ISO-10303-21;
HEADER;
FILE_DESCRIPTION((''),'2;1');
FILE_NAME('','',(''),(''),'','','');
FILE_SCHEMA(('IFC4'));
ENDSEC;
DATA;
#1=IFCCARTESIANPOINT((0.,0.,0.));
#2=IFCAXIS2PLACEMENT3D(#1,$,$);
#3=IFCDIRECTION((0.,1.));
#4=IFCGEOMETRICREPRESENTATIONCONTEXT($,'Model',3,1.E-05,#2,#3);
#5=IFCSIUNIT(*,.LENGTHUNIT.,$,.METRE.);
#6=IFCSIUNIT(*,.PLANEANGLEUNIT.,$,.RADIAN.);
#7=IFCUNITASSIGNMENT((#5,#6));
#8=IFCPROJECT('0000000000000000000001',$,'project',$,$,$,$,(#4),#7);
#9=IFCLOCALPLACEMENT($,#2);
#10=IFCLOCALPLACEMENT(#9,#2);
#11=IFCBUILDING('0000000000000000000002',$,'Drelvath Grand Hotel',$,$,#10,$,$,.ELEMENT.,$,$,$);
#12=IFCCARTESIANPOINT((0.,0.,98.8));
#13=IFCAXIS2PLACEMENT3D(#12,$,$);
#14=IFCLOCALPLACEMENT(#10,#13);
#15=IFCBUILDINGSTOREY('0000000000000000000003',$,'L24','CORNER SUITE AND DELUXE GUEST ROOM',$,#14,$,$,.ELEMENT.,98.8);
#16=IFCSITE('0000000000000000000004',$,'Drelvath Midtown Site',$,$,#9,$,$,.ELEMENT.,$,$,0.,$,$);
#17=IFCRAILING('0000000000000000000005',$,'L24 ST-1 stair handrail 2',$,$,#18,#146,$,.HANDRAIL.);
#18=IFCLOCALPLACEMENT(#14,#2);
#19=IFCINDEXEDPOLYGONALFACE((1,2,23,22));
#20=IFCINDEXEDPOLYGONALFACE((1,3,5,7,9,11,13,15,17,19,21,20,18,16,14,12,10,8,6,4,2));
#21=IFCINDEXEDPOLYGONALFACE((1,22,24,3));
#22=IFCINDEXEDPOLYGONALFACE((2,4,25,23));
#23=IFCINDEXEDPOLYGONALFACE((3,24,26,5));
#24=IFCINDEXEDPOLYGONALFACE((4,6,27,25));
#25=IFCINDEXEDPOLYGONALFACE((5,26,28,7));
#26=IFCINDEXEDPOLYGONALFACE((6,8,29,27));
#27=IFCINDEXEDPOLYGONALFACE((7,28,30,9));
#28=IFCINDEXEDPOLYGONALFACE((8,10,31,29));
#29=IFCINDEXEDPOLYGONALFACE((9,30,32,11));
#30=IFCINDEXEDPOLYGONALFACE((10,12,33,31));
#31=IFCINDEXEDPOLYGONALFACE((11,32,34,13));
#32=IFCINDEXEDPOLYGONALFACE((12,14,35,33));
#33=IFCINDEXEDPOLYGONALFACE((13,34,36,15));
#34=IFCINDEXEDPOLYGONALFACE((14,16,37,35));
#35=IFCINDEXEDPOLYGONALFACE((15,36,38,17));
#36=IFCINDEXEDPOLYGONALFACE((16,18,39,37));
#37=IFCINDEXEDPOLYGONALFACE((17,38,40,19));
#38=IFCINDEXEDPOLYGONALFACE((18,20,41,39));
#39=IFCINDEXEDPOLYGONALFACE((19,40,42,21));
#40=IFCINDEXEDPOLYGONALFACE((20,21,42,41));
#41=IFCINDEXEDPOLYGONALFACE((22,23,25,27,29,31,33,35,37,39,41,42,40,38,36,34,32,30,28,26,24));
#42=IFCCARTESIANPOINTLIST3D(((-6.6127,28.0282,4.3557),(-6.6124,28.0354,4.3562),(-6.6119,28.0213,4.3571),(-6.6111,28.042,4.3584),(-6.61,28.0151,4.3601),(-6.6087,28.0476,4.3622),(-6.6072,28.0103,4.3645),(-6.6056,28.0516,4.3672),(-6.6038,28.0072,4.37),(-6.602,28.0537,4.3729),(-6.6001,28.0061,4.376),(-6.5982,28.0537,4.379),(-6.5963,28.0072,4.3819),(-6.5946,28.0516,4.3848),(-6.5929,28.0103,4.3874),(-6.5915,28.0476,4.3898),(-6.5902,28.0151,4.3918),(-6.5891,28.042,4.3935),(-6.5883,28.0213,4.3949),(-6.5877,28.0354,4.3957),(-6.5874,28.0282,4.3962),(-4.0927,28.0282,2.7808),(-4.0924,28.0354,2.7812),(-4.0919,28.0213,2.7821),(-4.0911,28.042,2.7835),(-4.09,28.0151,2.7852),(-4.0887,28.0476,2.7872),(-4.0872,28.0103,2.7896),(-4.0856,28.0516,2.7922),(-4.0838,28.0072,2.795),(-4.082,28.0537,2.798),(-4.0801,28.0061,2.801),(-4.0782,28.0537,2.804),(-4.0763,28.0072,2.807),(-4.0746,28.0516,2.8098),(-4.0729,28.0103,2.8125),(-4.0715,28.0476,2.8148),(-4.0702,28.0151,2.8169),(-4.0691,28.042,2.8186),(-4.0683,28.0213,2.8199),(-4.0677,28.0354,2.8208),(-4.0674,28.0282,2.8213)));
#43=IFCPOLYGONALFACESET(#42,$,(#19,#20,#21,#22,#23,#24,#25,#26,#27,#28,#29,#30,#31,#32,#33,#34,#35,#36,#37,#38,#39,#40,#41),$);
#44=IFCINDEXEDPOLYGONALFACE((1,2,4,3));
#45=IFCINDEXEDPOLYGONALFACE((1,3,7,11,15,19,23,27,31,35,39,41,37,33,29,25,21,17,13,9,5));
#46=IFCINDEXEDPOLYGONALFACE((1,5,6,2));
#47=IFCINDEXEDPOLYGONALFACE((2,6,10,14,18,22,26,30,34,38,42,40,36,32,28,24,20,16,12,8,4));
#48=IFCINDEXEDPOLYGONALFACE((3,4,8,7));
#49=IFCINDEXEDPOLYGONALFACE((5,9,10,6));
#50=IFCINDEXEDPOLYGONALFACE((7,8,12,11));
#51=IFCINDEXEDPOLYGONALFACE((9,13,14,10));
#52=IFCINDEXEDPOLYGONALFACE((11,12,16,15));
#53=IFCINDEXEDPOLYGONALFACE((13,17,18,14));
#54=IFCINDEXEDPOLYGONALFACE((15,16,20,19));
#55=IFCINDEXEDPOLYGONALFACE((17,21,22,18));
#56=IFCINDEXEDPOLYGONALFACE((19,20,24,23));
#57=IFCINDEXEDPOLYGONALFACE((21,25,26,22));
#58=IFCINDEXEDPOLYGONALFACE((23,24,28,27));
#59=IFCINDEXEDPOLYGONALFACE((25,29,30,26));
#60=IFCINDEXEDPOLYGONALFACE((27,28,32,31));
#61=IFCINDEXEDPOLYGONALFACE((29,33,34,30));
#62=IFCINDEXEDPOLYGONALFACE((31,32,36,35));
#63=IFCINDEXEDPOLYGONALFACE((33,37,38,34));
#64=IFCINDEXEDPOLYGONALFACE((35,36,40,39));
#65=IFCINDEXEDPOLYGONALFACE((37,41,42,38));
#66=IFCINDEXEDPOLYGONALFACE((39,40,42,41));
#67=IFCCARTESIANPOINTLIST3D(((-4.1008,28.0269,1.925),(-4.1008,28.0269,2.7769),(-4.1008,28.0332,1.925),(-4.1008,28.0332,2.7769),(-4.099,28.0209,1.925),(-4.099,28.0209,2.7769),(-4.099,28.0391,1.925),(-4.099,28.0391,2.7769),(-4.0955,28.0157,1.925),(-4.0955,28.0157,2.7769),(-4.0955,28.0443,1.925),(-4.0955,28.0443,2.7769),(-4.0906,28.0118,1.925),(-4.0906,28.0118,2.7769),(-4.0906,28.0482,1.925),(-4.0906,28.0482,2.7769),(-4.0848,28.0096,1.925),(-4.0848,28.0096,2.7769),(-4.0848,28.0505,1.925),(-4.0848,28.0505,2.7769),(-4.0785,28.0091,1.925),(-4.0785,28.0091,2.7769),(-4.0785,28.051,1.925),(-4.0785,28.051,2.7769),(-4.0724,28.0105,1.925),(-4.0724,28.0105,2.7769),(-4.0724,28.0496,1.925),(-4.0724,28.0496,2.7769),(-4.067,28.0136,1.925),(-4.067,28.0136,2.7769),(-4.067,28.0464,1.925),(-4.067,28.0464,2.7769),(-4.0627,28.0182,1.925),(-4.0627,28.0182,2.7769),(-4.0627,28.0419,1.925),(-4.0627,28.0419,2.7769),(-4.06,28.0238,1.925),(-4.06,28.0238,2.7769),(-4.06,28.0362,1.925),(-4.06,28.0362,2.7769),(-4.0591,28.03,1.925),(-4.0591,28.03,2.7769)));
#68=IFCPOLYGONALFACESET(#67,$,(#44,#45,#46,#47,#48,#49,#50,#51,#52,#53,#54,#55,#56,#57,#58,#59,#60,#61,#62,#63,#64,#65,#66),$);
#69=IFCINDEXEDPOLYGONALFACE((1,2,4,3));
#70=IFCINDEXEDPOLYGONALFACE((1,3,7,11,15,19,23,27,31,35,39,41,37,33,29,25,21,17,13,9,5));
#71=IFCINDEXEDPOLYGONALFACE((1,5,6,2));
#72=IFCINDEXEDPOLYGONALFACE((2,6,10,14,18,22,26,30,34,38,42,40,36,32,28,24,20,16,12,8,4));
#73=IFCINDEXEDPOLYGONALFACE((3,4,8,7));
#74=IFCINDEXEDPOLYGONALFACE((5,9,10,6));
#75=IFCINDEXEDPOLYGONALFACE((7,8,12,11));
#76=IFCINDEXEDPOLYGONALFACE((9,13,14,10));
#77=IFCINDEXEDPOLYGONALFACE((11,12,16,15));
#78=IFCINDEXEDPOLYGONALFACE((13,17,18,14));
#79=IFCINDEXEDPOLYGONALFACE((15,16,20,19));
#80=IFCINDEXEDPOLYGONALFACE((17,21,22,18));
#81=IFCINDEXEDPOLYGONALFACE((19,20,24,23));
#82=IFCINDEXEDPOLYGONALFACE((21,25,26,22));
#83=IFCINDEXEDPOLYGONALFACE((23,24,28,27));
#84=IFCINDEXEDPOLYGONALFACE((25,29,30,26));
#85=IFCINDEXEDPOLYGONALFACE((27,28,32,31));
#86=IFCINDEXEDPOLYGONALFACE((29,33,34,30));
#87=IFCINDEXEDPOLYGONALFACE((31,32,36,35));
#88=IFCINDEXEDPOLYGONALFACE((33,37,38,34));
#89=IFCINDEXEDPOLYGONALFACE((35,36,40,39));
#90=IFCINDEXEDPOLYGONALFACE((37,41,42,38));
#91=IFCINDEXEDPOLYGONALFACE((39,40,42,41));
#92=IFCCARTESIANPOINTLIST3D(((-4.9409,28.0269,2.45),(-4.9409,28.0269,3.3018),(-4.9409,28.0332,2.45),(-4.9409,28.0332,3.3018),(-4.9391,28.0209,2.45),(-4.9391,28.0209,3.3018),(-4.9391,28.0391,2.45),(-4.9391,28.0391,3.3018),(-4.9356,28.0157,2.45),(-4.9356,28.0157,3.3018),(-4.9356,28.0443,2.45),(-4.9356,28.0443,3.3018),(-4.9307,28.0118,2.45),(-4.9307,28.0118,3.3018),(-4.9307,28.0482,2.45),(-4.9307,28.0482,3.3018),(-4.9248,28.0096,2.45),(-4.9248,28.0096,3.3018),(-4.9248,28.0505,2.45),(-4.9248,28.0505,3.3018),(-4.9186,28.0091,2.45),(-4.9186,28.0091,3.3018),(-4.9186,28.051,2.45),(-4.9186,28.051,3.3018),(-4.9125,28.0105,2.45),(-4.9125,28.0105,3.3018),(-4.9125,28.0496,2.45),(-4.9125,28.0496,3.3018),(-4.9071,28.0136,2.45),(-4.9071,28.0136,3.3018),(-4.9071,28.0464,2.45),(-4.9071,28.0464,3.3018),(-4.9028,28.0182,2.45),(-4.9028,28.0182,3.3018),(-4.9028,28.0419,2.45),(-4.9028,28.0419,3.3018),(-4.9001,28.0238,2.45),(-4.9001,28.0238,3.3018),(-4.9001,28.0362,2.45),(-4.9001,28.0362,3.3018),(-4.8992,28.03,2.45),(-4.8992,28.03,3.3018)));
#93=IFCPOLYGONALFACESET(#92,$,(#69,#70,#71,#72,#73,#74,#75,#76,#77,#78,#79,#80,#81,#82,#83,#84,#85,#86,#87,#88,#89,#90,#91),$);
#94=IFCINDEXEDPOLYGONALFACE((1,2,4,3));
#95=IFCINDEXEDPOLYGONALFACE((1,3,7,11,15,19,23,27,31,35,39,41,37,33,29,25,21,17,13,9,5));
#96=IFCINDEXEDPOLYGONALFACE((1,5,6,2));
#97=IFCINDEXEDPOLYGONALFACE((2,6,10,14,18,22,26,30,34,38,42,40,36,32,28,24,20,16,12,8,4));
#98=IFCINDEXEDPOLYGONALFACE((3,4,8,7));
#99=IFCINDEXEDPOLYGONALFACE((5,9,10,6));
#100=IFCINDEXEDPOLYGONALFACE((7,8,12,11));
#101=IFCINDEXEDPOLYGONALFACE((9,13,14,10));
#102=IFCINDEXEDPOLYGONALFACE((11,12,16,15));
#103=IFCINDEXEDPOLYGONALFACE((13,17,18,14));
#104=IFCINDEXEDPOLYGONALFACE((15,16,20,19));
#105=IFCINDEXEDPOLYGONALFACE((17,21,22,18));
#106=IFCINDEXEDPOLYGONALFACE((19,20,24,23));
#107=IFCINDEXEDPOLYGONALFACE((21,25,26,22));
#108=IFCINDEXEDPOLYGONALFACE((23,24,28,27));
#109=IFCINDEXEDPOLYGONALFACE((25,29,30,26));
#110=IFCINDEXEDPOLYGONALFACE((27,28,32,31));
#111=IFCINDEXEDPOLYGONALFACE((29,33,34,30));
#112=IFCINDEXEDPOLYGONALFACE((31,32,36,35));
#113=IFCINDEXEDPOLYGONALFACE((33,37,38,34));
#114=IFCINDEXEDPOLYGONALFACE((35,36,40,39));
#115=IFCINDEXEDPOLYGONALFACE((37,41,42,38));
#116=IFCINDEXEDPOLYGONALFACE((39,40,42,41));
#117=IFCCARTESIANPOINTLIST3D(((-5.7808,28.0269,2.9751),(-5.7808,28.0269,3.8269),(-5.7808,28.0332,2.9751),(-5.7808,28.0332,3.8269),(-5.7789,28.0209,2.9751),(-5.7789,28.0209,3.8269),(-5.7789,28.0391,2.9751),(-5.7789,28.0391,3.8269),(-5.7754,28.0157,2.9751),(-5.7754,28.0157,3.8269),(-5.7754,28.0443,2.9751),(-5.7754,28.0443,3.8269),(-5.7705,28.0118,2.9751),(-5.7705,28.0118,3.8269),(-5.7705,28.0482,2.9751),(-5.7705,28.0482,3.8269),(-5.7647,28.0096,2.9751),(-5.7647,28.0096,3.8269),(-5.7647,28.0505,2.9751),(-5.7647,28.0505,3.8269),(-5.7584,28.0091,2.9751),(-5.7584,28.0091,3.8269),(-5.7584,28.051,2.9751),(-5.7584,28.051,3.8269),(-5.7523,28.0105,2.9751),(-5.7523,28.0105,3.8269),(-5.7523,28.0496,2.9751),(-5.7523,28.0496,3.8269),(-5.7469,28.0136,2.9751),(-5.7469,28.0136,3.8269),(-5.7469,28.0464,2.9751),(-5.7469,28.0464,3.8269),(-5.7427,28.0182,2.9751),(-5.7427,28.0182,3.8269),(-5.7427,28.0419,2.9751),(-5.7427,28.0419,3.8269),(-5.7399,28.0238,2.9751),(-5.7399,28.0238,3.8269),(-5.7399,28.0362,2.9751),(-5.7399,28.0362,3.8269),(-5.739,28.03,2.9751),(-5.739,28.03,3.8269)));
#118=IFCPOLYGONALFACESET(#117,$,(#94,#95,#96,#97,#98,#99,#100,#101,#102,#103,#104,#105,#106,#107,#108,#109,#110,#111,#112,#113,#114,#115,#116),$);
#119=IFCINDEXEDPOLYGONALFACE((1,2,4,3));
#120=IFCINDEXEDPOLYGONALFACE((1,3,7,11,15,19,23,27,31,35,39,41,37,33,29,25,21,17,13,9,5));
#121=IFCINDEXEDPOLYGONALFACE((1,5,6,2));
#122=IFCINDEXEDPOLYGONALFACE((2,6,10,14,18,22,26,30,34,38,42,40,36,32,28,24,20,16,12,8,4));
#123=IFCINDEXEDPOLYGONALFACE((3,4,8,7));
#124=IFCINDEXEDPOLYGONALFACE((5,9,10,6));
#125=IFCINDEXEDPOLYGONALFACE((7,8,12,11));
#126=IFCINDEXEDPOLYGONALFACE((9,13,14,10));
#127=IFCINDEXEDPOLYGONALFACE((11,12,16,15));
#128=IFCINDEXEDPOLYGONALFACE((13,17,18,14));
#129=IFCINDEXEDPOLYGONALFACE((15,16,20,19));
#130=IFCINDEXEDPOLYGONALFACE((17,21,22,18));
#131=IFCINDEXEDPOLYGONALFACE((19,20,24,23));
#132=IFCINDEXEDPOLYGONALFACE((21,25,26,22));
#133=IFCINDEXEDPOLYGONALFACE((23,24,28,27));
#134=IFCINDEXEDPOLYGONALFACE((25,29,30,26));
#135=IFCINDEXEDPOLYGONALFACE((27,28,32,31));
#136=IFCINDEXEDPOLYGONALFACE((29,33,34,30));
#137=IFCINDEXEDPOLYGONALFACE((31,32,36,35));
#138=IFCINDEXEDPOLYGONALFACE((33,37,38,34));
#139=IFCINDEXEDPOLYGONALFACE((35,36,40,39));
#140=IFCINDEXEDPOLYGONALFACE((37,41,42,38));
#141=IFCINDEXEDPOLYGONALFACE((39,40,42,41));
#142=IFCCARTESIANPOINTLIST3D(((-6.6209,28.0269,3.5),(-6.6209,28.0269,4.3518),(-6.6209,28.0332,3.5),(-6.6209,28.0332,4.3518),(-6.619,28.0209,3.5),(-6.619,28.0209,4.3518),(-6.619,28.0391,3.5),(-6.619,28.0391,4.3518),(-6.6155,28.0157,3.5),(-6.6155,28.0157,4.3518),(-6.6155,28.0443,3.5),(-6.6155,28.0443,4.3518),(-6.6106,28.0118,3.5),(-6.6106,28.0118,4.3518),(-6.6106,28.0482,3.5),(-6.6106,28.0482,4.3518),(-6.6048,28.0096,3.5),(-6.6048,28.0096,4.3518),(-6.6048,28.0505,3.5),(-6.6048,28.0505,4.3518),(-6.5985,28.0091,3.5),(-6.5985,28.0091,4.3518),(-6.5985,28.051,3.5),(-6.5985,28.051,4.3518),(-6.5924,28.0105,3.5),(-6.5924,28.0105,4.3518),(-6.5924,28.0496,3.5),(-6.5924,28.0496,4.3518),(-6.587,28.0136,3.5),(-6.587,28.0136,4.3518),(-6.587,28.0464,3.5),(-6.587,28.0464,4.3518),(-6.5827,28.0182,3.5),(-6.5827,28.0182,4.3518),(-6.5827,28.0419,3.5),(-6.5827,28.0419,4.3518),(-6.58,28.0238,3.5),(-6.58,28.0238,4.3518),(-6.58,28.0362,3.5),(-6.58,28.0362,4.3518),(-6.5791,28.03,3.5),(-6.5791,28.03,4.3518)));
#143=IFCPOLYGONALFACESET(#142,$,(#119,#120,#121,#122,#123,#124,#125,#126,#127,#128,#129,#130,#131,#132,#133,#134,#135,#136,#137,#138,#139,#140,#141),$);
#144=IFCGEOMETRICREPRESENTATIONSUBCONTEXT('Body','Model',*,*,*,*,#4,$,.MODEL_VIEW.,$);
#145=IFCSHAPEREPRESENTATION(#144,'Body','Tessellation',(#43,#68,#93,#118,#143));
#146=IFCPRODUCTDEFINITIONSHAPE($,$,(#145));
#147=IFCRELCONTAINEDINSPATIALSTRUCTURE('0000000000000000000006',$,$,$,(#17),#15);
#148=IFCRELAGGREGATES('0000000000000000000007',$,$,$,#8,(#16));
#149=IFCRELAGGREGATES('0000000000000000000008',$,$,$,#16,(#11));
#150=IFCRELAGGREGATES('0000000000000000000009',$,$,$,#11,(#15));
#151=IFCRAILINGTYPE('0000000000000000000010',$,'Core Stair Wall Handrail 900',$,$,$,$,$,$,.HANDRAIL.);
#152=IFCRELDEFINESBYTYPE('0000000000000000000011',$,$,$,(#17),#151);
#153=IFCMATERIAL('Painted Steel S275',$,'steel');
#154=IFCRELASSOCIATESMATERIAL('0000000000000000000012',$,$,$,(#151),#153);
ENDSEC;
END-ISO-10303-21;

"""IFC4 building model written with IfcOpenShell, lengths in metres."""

from ifc_helpers import new_model, si_unit, direction, frame, origin, origin_2d, place, context, subcontext, project, spatial, circle, extrude, material, type_object, element, save


model = new_model("IFC4")

# Units and contexts
model_context = context("Model", 3, precision=1e-05, world=origin(), true_north=direction((0.0, 1.0)))
body_context = subcontext(model_context, "Body", "Model", "MODEL_VIEW")
ifc_project = project(units=[si_unit("LENGTHUNIT", "METRE"), si_unit("PLANEANGLEUNIT", "RADIAN")], contexts=[model_context])

# Site, building, storey
site_placement = place(None, origin())
site = spatial("IfcSite", under=ifc_project, at=site_placement, Name="Drelvath Midtown Site", CompositionType="ELEMENT", RefElevation=0.0)
building_placement = place(site_placement, origin())
building = spatial("IfcBuilding", under=site, at=building_placement, Name="Drelvath Grand Hotel", CompositionType="ELEMENT")
storey_placement = place(building_placement, frame((0.0, 0.0, 98.8)))
storey = spatial("IfcBuildingStorey", under=building, at=storey_placement, Name="L24", Description="CORNER SUITE AND DELUXE GUEST ROOM", CompositionType="ELEMENT", Elevation=98.8)

# Shared definitions
ifc_material_1 = material(Name="Painted Steel S275", Category="steel")

# Railing
railing_type_1 = type_object("IfcRailingType", Name="Core Stair Wall Handrail 900", PredefinedType="HANDRAIL", material=ifc_material_1)
railing_1_placement = place(storey_placement, frame((-4.0801, 28.03, 1.925)))
element("IfcRailing", 1, at=railing_1_placement, inside=storey, type_object=railing_type_1, Name="L24 ST-1 stair handrail 2", PredefinedType="HANDRAIL", context=body_context, shape_type="SweptSolid", body=[
    extrude(circle(Radius=0.0239, at=origin_2d()), frame((0.0, 0.0, 0.876), z_axis=(-0.848008, 0.0, 0.529984), x_axis=(0.0, -1.0, 0.0)), (0.0, 0.0, 1.0), 2.9717),
    extrude(circle(Radius=0.021, at=origin_2d()), origin(), (0.0, 0.0, 1.0), 0.8518),
    extrude(circle(Radius=0.021, at=origin_2d()), frame((-0.8401, 0.0, 0.5249)), (0.0, 0.0, 1.0), 0.8518),
    extrude(circle(Radius=0.021, at=origin_2d()), frame((-1.6799, 0.0, 1.05)), (0.0, 0.0, 1.0), 0.8518),
    extrude(circle(Radius=0.021, at=origin_2d()), frame((-2.52, 0.0, 1.575)), (0.0, 0.0, 1.0), 0.8518),
])

save(model, "model.ifc")
